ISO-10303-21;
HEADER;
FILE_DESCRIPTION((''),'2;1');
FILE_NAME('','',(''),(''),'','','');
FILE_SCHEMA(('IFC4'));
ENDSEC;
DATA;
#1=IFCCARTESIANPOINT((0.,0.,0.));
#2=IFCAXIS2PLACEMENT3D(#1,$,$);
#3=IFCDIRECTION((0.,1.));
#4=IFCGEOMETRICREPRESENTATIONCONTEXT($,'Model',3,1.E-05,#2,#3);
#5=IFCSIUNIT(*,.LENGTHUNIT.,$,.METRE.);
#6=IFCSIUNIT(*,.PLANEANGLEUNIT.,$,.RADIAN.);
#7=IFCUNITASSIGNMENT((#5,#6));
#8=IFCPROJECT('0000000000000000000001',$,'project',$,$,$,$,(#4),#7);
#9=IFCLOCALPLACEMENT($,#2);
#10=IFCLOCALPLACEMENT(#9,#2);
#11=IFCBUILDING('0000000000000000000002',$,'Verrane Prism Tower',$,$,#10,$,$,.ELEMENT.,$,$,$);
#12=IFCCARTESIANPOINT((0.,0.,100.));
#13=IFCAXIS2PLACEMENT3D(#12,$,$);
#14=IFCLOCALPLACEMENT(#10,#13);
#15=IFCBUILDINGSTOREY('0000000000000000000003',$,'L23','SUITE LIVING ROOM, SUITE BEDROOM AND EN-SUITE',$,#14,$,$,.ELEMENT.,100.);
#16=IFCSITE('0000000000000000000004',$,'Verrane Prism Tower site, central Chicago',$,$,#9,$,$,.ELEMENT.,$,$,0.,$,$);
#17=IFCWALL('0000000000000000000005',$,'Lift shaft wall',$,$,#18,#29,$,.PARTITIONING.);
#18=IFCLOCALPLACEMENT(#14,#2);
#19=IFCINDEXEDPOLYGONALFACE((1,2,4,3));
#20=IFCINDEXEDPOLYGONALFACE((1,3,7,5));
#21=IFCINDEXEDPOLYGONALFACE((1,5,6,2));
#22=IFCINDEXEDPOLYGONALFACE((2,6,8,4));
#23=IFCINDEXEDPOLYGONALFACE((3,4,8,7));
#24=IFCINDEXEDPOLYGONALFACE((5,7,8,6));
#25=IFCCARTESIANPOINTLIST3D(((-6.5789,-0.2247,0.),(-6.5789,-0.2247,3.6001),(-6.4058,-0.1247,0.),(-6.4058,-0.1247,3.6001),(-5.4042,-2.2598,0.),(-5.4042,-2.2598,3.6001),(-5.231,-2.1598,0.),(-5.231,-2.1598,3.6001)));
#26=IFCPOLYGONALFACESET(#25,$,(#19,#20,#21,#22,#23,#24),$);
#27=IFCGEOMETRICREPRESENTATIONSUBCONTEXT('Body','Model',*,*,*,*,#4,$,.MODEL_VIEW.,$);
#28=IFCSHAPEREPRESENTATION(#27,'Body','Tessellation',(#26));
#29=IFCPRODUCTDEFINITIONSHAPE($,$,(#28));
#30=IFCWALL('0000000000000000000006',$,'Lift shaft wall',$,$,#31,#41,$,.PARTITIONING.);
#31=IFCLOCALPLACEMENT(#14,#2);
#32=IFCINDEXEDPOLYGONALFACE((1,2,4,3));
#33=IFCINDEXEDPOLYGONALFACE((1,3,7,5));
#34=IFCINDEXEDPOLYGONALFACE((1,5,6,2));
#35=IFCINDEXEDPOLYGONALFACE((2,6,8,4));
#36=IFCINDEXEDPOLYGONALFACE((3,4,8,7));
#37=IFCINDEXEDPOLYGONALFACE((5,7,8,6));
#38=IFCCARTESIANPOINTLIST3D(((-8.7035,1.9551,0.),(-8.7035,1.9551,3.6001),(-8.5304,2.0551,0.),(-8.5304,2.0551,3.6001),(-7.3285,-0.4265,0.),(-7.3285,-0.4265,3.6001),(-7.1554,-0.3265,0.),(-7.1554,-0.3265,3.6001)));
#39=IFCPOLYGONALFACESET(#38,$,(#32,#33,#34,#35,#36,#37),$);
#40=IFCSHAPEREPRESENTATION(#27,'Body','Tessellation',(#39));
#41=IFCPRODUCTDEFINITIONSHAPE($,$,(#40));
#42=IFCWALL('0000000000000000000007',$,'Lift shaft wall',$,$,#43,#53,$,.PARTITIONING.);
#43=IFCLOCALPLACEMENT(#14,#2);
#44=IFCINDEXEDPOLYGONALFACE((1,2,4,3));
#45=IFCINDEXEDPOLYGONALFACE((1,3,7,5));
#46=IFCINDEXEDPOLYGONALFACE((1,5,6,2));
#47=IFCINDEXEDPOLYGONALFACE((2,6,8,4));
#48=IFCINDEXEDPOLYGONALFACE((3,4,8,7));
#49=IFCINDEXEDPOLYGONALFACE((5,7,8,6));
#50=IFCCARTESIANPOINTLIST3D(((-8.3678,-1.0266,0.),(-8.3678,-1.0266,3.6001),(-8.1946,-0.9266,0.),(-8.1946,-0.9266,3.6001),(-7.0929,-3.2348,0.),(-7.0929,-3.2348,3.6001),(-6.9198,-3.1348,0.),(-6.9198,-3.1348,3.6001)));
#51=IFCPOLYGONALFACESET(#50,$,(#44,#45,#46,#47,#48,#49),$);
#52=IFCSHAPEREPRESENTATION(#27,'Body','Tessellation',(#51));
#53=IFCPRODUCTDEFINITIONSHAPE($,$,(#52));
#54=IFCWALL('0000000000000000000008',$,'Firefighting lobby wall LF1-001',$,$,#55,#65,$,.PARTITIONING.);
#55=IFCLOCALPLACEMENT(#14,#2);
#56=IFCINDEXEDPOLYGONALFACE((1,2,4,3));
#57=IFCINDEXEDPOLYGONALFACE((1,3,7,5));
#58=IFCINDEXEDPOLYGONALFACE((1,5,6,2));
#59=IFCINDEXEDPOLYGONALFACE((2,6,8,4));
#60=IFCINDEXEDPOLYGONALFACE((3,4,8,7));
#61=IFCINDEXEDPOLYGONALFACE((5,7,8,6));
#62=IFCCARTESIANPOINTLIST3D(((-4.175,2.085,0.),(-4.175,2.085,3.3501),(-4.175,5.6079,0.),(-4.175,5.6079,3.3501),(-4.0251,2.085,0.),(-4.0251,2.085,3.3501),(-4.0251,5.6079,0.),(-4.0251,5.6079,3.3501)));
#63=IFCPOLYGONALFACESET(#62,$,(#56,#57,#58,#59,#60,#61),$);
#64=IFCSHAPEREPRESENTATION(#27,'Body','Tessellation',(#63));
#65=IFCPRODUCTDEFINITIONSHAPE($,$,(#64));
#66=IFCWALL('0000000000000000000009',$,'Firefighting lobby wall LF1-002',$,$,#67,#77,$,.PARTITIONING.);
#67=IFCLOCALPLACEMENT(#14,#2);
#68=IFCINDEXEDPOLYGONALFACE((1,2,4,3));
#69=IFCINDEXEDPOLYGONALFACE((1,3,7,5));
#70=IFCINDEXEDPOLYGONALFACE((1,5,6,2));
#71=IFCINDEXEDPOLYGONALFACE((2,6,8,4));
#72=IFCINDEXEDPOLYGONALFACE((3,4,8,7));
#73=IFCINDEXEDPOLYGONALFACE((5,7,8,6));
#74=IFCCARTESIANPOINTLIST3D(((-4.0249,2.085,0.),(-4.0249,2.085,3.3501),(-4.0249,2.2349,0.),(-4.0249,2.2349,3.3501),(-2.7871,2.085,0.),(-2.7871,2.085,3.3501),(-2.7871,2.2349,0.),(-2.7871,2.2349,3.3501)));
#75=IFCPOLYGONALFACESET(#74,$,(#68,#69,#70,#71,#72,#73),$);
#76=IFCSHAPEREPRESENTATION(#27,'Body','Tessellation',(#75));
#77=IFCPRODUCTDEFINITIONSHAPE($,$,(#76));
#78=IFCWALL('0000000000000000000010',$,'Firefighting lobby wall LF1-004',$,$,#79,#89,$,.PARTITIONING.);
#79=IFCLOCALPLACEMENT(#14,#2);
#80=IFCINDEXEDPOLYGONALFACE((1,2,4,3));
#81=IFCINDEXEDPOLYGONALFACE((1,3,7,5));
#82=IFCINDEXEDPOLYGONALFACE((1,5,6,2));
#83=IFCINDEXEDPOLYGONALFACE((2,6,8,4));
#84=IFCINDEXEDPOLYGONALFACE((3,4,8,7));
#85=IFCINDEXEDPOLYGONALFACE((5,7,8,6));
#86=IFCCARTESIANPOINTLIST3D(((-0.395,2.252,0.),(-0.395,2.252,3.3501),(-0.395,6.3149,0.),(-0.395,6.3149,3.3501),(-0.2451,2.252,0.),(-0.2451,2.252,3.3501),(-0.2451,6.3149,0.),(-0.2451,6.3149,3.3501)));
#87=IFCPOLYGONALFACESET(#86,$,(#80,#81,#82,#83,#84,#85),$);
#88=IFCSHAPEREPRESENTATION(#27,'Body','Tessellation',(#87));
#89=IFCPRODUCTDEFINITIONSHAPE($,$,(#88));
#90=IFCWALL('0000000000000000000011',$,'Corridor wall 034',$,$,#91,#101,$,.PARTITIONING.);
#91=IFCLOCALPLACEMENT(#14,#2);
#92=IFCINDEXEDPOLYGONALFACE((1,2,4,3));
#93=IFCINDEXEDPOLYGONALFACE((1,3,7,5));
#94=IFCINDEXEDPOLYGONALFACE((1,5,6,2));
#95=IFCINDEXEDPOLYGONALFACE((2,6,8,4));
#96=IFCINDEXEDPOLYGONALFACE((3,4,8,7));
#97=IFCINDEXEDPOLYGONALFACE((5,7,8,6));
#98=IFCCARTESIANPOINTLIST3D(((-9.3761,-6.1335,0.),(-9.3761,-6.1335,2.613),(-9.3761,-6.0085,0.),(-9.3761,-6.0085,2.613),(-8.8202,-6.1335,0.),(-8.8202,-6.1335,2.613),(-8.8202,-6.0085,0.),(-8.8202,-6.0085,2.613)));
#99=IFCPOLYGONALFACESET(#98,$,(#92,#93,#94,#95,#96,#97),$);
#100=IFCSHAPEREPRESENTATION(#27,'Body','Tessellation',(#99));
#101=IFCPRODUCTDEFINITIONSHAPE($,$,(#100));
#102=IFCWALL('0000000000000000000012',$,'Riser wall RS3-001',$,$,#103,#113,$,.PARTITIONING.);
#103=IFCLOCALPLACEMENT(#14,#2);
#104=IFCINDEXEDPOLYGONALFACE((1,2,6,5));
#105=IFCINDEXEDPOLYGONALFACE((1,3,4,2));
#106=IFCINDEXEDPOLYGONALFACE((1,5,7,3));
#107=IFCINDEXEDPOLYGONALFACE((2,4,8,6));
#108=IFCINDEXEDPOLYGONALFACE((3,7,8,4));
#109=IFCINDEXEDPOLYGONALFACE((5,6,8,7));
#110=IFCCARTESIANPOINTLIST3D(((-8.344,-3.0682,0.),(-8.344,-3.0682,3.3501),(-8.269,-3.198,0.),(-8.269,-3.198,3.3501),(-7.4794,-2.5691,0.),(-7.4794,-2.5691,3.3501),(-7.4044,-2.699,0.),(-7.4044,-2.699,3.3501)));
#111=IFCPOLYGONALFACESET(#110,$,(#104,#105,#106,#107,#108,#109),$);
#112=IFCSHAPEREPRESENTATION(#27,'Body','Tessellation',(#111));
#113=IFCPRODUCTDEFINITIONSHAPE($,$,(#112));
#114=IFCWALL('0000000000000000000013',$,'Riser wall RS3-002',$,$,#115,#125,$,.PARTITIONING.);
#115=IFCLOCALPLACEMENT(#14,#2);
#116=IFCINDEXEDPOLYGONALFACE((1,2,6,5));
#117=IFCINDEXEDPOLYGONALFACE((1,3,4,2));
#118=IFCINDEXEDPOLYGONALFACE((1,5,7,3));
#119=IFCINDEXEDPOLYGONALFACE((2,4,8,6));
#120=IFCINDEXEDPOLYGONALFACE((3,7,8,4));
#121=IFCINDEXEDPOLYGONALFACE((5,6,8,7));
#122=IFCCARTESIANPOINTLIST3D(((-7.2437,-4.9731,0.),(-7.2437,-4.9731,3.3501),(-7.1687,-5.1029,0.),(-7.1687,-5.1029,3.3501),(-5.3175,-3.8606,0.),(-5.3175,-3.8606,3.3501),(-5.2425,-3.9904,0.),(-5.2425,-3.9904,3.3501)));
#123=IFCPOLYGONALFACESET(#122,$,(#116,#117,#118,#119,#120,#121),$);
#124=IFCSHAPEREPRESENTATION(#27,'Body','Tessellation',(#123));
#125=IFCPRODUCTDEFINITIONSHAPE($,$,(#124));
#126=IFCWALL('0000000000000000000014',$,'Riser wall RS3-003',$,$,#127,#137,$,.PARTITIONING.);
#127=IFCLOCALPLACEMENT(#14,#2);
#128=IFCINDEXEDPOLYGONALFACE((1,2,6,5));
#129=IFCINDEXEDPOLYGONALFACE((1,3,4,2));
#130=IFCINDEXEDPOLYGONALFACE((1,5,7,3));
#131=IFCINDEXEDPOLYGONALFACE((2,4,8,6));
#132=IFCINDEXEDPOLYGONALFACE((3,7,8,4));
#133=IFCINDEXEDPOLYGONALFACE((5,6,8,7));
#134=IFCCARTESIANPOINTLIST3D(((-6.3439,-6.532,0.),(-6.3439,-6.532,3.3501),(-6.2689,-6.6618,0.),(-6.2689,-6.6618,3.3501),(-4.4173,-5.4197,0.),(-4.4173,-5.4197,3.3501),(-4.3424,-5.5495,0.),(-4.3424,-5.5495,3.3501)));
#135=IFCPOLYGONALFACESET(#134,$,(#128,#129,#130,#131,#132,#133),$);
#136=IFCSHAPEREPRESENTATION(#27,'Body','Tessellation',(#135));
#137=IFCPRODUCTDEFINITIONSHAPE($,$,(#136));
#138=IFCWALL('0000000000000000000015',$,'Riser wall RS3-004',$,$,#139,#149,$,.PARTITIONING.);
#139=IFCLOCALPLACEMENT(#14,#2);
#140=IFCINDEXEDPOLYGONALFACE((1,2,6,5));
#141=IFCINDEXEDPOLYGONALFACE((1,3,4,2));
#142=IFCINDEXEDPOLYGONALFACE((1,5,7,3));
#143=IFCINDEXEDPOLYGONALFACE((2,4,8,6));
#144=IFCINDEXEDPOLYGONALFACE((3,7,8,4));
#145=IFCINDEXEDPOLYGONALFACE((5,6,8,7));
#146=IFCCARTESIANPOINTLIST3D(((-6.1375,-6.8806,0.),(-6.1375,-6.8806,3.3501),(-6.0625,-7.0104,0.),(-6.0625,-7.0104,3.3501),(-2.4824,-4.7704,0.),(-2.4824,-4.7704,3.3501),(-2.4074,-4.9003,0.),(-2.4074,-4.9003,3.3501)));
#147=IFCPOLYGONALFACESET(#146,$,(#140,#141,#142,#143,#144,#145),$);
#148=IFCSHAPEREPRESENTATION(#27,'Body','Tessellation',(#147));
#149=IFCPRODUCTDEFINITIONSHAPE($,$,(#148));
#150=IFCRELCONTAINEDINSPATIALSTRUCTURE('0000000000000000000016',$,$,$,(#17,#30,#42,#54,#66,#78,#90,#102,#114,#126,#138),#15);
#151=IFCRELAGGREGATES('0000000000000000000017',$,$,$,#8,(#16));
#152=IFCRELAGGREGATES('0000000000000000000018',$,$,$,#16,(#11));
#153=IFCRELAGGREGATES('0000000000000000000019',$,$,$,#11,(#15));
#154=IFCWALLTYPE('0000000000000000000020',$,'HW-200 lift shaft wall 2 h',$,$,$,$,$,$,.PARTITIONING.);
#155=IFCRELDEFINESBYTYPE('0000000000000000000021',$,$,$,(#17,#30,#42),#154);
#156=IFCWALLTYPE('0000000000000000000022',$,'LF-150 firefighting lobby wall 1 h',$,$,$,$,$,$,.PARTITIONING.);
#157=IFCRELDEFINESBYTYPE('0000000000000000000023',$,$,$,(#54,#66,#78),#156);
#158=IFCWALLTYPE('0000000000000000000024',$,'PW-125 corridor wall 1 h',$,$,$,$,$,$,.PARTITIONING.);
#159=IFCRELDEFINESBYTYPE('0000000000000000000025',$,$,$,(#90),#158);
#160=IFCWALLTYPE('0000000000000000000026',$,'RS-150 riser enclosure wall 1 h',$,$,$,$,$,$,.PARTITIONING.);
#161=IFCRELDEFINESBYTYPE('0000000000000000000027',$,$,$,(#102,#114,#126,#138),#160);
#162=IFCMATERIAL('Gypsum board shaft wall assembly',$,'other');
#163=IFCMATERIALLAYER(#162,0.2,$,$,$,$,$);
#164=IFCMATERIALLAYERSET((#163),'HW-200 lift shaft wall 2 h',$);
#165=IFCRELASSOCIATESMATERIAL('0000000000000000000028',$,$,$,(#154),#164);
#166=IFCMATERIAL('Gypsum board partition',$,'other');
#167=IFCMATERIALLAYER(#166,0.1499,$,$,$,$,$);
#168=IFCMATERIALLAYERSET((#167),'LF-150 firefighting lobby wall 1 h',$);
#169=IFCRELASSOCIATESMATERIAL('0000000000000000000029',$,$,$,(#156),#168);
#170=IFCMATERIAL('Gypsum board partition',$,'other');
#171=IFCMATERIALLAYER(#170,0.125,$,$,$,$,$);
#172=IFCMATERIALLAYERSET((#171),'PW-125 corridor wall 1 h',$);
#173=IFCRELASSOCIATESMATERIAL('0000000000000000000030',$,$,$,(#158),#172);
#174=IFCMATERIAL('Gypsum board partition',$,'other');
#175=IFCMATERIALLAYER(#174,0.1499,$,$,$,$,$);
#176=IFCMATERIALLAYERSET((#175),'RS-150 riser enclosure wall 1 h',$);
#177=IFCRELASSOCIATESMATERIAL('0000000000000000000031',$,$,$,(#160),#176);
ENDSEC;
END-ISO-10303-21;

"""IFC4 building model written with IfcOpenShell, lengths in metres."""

from ifc_helpers import new_model, si_unit, direction, frame, frame_2d, origin, place, context, subcontext, project, spatial, rectangle, extrude, material, layer, layer_set, type_object, element, save


model = new_model("IFC4")

# Units and contexts
model_context = context("Model", 3, precision=1e-05, world=origin(), true_north=direction((0.0, 1.0)))
body_context = subcontext(model_context, "Body", "Model", "MODEL_VIEW")
ifc_project = project(units=[si_unit("LENGTHUNIT", "METRE"), si_unit("PLANEANGLEUNIT", "RADIAN")], contexts=[model_context])

# Site, building, storey
site_placement = place(None, origin())
site = spatial("IfcSite", under=ifc_project, at=site_placement, Name="Verrane Prism Tower site, central Chicago", CompositionType="ELEMENT", RefElevation=0.0)
building_placement = place(site_placement, origin())
building = spatial("IfcBuilding", under=site, at=building_placement, Name="Verrane Prism Tower", CompositionType="ELEMENT")
storey_placement = place(building_placement, frame((0.0, 0.0, 100.0)))
storey = spatial("IfcBuildingStorey", under=building, at=storey_placement, Name="L23", Description="SUITE LIVING ROOM, SUITE BEDROOM AND EN-SUITE", CompositionType="ELEMENT", Elevation=100.0)

# Shared definitions
ifc_material_1 = material(Name="Gypsum board shaft wall assembly", Category="other")
ifc_layer_1 = layer(ifc_material_1, 0.2)
ifc_layer_set_1 = layer_set([ifc_layer_1], Name="HW-200 lift shaft wall 2 h")
wall_type_1 = type_object("IfcWallType", Name="HW-200 lift shaft wall 2 h", PredefinedType="PARTITIONING", material=ifc_layer_set_1)

# Walls
wall_1_placement = place(storey_placement, frame((-5.3176, -2.2097, 0.0), z_axis=(0.0, 0.0, 1.0), x_axis=(-0.499938, 0.866061, 0.0)))
element("IfcWall", 1, at=wall_1_placement, inside=storey, type_object=wall_type_1, Name="Lift shaft wall", PredefinedType="PARTITIONING", context=body_context, shape_type="SweptSolid", body=[
    extrude(rectangle(XDim=2.3499, YDim=0.2, at=frame_2d((1.1748, 0.0))), origin(), (0.0, 0.0, 1.0), 3.6001),
])
wall_2_placement = place(storey_placement, frame((-7.2419, -0.3765, 0.0), z_axis=(0.0, 0.0, 1.0), x_axis=(-0.499997, 0.866027, 0.0)))
element("IfcWall", 2, at=wall_2_placement, inside=storey, type_object=wall_type_1, Name="Lift shaft wall", PredefinedType="PARTITIONING", context=body_context, shape_type="SweptSolid", body=[
    extrude(rectangle(XDim=2.75, YDim=0.2, at=frame_2d((1.375, 0.0))), origin(), (0.0, 0.0, 1.0), 3.6001),
])
wall_3_placement = place(storey_placement, frame((-7.0063, -3.1848, 0.0), z_axis=(0.0, 0.0, 1.0), x_axis=(-0.49999, 0.866031, 0.0)))
element("IfcWall", 3, at=wall_3_placement, inside=storey, type_object=wall_type_1, Name="Lift shaft wall", PredefinedType="PARTITIONING", context=body_context, shape_type="SweptSolid", body=[
    extrude(rectangle(XDim=2.5498, YDim=0.2, at=frame_2d((1.2749, 0.0))), origin(), (0.0, 0.0, 1.0), 3.6001),
])
ifc_material_2 = material(Name="Gypsum board partition", Category="other")
ifc_layer_2 = layer(ifc_material_2, 0.1499)
ifc_layer_set_2 = layer_set([ifc_layer_2], Name="LF-150 firefighting lobby wall 1 h")
wall_type_2 = type_object("IfcWallType", Name="LF-150 firefighting lobby wall 1 h", PredefinedType="PARTITIONING", material=ifc_layer_set_2)
wall_4_placement = place(storey_placement, frame((-4.1001, 2.085, 0.0), z_axis=(0.0, 0.0, 1.0), x_axis=(0.0, 1.0, 0.0)))
element("IfcWall", 4, at=wall_4_placement, inside=storey, type_object=wall_type_2, Name="Firefighting lobby wall LF1-001", PredefinedType="PARTITIONING", context=body_context, shape_type="SweptSolid", body=[
    extrude(rectangle(XDim=3.5229, YDim=0.1499, at=frame_2d((1.7615, 0.0))), origin(), (0.0, 0.0, 1.0), 3.3501),
])
wall_5_placement = place(storey_placement, frame((-4.0249, 2.1599, 0.0), z_axis=(0.0, 0.0, 1.0), x_axis=(1.0, 0.0, 0.0)))
element("IfcWall", 5, at=wall_5_placement, inside=storey, type_object=wall_type_2, Name="Firefighting lobby wall LF1-002", PredefinedType="PARTITIONING", context=body_context, shape_type="SweptSolid", body=[
    extrude(rectangle(XDim=1.2378, YDim=0.1499, at=frame_2d((0.6189, 0.0))), origin(), (0.0, 0.0, 1.0), 3.3501),
])
wall_6_placement = place(storey_placement, frame((-0.3201, 2.252, 0.0), z_axis=(0.0, 0.0, 1.0), x_axis=(0.0, 1.0, 0.0)))
element("IfcWall", 6, at=wall_6_placement, inside=storey, type_object=wall_type_2, Name="Firefighting lobby wall LF1-004", PredefinedType="PARTITIONING", context=body_context, shape_type="SweptSolid", body=[
    extrude(rectangle(XDim=4.063, YDim=0.1499, at=frame_2d((2.0315, 0.0))), origin(), (0.0, 0.0, 1.0), 3.3501),
])
ifc_material_3 = material(Name="Gypsum board partition", Category="other")
ifc_layer_3 = layer(ifc_material_3, 0.125)
ifc_layer_set_3 = layer_set([ifc_layer_3], Name="PW-125 corridor wall 1 h")
wall_type_3 = type_object("IfcWallType", Name="PW-125 corridor wall 1 h", PredefinedType="PARTITIONING", material=ifc_layer_set_3)
wall_7_placement = place(storey_placement, frame((-9.376, -6.071, 0.0), z_axis=(0.0, 0.0, 1.0), x_axis=(1.0, 0.0, 0.0)))
element("IfcWall", 7, at=wall_7_placement, inside=storey, type_object=wall_type_3, Name="Corridor wall 034", PredefinedType="PARTITIONING", context=body_context, shape_type="SweptSolid", body=[
    extrude(rectangle(XDim=0.5559, YDim=0.125, at=frame_2d((0.2778, 0.0))), origin(), (0.0, 0.0, 1.0), 2.613),
])
ifc_material_4 = material(Name="Gypsum board partition", Category="other")
ifc_layer_4 = layer(ifc_material_4, 0.1499)
ifc_layer_set_4 = layer_set([ifc_layer_4], Name="RS-150 riser enclosure wall 1 h")
wall_type_4 = type_object("IfcWallType", Name="RS-150 riser enclosure wall 1 h", PredefinedType="PARTITIONING", material=ifc_layer_set_4)
wall_8_placement = place(storey_placement, frame((-8.3064, -3.1331, 0.0), z_axis=(0.0, 0.0, 1.0), x_axis=(0.866067, 0.499927, 0.0)))
element("IfcWall", 8, at=wall_8_placement, inside=storey, type_object=wall_type_4, Name="Riser wall RS3-001", PredefinedType="PARTITIONING", context=body_context, shape_type="SweptSolid", body=[
    extrude(rectangle(XDim=0.9983, YDim=0.1499, at=frame_2d((0.499, 0.0))), origin(), (0.0, 0.0, 1.0), 3.3501),
])
wall_9_placement = place(storey_placement, frame((-7.2063, -5.0381, 0.0), z_axis=(0.0, 0.0, 1.0), x_axis=(0.865944, 0.50014, 0.0)))
element("IfcWall", 9, at=wall_9_placement, inside=storey, type_object=wall_type_4, Name="Riser wall RS3-002", PredefinedType="PARTITIONING", context=body_context, shape_type="SweptSolid", body=[
    extrude(rectangle(XDim=2.2244, YDim=0.1499, at=frame_2d((1.1123, 0.0))), origin(), (0.0, 0.0, 1.0), 3.3501),
])
wall_10_placement = place(storey_placement, frame((-6.3064, -6.5969, 0.0), z_axis=(0.0, 0.0, 1.0), x_axis=(0.866019, 0.500011, 0.0)))
element("IfcWall", 10, at=wall_10_placement, inside=storey, type_object=wall_type_4, Name="Riser wall RS3-003", PredefinedType="PARTITIONING", context=body_context, shape_type="SweptSolid", body=[
    extrude(rectangle(XDim=2.2246, YDim=0.1499, at=frame_2d((1.1123, 0.0))), origin(), (0.0, 0.0, 1.0), 3.3501),
])
wall_11_placement = place(storey_placement, frame((-6.1001, -6.9456, 0.0), z_axis=(0.0, 0.0, 1.0), x_axis=(0.866038, 0.499978, 0.0)))
element("IfcWall", 11, at=wall_11_placement, inside=storey, type_object=wall_type_4, Name="Riser wall RS3-004", PredefinedType="PARTITIONING", context=body_context, shape_type="SweptSolid", body=[
    extrude(rectangle(XDim=4.2205, YDim=0.1499, at=frame_2d((2.1104, 0.0))), origin(), (0.0, 0.0, 1.0), 3.3501),
])

save(model, "model.ifc")
